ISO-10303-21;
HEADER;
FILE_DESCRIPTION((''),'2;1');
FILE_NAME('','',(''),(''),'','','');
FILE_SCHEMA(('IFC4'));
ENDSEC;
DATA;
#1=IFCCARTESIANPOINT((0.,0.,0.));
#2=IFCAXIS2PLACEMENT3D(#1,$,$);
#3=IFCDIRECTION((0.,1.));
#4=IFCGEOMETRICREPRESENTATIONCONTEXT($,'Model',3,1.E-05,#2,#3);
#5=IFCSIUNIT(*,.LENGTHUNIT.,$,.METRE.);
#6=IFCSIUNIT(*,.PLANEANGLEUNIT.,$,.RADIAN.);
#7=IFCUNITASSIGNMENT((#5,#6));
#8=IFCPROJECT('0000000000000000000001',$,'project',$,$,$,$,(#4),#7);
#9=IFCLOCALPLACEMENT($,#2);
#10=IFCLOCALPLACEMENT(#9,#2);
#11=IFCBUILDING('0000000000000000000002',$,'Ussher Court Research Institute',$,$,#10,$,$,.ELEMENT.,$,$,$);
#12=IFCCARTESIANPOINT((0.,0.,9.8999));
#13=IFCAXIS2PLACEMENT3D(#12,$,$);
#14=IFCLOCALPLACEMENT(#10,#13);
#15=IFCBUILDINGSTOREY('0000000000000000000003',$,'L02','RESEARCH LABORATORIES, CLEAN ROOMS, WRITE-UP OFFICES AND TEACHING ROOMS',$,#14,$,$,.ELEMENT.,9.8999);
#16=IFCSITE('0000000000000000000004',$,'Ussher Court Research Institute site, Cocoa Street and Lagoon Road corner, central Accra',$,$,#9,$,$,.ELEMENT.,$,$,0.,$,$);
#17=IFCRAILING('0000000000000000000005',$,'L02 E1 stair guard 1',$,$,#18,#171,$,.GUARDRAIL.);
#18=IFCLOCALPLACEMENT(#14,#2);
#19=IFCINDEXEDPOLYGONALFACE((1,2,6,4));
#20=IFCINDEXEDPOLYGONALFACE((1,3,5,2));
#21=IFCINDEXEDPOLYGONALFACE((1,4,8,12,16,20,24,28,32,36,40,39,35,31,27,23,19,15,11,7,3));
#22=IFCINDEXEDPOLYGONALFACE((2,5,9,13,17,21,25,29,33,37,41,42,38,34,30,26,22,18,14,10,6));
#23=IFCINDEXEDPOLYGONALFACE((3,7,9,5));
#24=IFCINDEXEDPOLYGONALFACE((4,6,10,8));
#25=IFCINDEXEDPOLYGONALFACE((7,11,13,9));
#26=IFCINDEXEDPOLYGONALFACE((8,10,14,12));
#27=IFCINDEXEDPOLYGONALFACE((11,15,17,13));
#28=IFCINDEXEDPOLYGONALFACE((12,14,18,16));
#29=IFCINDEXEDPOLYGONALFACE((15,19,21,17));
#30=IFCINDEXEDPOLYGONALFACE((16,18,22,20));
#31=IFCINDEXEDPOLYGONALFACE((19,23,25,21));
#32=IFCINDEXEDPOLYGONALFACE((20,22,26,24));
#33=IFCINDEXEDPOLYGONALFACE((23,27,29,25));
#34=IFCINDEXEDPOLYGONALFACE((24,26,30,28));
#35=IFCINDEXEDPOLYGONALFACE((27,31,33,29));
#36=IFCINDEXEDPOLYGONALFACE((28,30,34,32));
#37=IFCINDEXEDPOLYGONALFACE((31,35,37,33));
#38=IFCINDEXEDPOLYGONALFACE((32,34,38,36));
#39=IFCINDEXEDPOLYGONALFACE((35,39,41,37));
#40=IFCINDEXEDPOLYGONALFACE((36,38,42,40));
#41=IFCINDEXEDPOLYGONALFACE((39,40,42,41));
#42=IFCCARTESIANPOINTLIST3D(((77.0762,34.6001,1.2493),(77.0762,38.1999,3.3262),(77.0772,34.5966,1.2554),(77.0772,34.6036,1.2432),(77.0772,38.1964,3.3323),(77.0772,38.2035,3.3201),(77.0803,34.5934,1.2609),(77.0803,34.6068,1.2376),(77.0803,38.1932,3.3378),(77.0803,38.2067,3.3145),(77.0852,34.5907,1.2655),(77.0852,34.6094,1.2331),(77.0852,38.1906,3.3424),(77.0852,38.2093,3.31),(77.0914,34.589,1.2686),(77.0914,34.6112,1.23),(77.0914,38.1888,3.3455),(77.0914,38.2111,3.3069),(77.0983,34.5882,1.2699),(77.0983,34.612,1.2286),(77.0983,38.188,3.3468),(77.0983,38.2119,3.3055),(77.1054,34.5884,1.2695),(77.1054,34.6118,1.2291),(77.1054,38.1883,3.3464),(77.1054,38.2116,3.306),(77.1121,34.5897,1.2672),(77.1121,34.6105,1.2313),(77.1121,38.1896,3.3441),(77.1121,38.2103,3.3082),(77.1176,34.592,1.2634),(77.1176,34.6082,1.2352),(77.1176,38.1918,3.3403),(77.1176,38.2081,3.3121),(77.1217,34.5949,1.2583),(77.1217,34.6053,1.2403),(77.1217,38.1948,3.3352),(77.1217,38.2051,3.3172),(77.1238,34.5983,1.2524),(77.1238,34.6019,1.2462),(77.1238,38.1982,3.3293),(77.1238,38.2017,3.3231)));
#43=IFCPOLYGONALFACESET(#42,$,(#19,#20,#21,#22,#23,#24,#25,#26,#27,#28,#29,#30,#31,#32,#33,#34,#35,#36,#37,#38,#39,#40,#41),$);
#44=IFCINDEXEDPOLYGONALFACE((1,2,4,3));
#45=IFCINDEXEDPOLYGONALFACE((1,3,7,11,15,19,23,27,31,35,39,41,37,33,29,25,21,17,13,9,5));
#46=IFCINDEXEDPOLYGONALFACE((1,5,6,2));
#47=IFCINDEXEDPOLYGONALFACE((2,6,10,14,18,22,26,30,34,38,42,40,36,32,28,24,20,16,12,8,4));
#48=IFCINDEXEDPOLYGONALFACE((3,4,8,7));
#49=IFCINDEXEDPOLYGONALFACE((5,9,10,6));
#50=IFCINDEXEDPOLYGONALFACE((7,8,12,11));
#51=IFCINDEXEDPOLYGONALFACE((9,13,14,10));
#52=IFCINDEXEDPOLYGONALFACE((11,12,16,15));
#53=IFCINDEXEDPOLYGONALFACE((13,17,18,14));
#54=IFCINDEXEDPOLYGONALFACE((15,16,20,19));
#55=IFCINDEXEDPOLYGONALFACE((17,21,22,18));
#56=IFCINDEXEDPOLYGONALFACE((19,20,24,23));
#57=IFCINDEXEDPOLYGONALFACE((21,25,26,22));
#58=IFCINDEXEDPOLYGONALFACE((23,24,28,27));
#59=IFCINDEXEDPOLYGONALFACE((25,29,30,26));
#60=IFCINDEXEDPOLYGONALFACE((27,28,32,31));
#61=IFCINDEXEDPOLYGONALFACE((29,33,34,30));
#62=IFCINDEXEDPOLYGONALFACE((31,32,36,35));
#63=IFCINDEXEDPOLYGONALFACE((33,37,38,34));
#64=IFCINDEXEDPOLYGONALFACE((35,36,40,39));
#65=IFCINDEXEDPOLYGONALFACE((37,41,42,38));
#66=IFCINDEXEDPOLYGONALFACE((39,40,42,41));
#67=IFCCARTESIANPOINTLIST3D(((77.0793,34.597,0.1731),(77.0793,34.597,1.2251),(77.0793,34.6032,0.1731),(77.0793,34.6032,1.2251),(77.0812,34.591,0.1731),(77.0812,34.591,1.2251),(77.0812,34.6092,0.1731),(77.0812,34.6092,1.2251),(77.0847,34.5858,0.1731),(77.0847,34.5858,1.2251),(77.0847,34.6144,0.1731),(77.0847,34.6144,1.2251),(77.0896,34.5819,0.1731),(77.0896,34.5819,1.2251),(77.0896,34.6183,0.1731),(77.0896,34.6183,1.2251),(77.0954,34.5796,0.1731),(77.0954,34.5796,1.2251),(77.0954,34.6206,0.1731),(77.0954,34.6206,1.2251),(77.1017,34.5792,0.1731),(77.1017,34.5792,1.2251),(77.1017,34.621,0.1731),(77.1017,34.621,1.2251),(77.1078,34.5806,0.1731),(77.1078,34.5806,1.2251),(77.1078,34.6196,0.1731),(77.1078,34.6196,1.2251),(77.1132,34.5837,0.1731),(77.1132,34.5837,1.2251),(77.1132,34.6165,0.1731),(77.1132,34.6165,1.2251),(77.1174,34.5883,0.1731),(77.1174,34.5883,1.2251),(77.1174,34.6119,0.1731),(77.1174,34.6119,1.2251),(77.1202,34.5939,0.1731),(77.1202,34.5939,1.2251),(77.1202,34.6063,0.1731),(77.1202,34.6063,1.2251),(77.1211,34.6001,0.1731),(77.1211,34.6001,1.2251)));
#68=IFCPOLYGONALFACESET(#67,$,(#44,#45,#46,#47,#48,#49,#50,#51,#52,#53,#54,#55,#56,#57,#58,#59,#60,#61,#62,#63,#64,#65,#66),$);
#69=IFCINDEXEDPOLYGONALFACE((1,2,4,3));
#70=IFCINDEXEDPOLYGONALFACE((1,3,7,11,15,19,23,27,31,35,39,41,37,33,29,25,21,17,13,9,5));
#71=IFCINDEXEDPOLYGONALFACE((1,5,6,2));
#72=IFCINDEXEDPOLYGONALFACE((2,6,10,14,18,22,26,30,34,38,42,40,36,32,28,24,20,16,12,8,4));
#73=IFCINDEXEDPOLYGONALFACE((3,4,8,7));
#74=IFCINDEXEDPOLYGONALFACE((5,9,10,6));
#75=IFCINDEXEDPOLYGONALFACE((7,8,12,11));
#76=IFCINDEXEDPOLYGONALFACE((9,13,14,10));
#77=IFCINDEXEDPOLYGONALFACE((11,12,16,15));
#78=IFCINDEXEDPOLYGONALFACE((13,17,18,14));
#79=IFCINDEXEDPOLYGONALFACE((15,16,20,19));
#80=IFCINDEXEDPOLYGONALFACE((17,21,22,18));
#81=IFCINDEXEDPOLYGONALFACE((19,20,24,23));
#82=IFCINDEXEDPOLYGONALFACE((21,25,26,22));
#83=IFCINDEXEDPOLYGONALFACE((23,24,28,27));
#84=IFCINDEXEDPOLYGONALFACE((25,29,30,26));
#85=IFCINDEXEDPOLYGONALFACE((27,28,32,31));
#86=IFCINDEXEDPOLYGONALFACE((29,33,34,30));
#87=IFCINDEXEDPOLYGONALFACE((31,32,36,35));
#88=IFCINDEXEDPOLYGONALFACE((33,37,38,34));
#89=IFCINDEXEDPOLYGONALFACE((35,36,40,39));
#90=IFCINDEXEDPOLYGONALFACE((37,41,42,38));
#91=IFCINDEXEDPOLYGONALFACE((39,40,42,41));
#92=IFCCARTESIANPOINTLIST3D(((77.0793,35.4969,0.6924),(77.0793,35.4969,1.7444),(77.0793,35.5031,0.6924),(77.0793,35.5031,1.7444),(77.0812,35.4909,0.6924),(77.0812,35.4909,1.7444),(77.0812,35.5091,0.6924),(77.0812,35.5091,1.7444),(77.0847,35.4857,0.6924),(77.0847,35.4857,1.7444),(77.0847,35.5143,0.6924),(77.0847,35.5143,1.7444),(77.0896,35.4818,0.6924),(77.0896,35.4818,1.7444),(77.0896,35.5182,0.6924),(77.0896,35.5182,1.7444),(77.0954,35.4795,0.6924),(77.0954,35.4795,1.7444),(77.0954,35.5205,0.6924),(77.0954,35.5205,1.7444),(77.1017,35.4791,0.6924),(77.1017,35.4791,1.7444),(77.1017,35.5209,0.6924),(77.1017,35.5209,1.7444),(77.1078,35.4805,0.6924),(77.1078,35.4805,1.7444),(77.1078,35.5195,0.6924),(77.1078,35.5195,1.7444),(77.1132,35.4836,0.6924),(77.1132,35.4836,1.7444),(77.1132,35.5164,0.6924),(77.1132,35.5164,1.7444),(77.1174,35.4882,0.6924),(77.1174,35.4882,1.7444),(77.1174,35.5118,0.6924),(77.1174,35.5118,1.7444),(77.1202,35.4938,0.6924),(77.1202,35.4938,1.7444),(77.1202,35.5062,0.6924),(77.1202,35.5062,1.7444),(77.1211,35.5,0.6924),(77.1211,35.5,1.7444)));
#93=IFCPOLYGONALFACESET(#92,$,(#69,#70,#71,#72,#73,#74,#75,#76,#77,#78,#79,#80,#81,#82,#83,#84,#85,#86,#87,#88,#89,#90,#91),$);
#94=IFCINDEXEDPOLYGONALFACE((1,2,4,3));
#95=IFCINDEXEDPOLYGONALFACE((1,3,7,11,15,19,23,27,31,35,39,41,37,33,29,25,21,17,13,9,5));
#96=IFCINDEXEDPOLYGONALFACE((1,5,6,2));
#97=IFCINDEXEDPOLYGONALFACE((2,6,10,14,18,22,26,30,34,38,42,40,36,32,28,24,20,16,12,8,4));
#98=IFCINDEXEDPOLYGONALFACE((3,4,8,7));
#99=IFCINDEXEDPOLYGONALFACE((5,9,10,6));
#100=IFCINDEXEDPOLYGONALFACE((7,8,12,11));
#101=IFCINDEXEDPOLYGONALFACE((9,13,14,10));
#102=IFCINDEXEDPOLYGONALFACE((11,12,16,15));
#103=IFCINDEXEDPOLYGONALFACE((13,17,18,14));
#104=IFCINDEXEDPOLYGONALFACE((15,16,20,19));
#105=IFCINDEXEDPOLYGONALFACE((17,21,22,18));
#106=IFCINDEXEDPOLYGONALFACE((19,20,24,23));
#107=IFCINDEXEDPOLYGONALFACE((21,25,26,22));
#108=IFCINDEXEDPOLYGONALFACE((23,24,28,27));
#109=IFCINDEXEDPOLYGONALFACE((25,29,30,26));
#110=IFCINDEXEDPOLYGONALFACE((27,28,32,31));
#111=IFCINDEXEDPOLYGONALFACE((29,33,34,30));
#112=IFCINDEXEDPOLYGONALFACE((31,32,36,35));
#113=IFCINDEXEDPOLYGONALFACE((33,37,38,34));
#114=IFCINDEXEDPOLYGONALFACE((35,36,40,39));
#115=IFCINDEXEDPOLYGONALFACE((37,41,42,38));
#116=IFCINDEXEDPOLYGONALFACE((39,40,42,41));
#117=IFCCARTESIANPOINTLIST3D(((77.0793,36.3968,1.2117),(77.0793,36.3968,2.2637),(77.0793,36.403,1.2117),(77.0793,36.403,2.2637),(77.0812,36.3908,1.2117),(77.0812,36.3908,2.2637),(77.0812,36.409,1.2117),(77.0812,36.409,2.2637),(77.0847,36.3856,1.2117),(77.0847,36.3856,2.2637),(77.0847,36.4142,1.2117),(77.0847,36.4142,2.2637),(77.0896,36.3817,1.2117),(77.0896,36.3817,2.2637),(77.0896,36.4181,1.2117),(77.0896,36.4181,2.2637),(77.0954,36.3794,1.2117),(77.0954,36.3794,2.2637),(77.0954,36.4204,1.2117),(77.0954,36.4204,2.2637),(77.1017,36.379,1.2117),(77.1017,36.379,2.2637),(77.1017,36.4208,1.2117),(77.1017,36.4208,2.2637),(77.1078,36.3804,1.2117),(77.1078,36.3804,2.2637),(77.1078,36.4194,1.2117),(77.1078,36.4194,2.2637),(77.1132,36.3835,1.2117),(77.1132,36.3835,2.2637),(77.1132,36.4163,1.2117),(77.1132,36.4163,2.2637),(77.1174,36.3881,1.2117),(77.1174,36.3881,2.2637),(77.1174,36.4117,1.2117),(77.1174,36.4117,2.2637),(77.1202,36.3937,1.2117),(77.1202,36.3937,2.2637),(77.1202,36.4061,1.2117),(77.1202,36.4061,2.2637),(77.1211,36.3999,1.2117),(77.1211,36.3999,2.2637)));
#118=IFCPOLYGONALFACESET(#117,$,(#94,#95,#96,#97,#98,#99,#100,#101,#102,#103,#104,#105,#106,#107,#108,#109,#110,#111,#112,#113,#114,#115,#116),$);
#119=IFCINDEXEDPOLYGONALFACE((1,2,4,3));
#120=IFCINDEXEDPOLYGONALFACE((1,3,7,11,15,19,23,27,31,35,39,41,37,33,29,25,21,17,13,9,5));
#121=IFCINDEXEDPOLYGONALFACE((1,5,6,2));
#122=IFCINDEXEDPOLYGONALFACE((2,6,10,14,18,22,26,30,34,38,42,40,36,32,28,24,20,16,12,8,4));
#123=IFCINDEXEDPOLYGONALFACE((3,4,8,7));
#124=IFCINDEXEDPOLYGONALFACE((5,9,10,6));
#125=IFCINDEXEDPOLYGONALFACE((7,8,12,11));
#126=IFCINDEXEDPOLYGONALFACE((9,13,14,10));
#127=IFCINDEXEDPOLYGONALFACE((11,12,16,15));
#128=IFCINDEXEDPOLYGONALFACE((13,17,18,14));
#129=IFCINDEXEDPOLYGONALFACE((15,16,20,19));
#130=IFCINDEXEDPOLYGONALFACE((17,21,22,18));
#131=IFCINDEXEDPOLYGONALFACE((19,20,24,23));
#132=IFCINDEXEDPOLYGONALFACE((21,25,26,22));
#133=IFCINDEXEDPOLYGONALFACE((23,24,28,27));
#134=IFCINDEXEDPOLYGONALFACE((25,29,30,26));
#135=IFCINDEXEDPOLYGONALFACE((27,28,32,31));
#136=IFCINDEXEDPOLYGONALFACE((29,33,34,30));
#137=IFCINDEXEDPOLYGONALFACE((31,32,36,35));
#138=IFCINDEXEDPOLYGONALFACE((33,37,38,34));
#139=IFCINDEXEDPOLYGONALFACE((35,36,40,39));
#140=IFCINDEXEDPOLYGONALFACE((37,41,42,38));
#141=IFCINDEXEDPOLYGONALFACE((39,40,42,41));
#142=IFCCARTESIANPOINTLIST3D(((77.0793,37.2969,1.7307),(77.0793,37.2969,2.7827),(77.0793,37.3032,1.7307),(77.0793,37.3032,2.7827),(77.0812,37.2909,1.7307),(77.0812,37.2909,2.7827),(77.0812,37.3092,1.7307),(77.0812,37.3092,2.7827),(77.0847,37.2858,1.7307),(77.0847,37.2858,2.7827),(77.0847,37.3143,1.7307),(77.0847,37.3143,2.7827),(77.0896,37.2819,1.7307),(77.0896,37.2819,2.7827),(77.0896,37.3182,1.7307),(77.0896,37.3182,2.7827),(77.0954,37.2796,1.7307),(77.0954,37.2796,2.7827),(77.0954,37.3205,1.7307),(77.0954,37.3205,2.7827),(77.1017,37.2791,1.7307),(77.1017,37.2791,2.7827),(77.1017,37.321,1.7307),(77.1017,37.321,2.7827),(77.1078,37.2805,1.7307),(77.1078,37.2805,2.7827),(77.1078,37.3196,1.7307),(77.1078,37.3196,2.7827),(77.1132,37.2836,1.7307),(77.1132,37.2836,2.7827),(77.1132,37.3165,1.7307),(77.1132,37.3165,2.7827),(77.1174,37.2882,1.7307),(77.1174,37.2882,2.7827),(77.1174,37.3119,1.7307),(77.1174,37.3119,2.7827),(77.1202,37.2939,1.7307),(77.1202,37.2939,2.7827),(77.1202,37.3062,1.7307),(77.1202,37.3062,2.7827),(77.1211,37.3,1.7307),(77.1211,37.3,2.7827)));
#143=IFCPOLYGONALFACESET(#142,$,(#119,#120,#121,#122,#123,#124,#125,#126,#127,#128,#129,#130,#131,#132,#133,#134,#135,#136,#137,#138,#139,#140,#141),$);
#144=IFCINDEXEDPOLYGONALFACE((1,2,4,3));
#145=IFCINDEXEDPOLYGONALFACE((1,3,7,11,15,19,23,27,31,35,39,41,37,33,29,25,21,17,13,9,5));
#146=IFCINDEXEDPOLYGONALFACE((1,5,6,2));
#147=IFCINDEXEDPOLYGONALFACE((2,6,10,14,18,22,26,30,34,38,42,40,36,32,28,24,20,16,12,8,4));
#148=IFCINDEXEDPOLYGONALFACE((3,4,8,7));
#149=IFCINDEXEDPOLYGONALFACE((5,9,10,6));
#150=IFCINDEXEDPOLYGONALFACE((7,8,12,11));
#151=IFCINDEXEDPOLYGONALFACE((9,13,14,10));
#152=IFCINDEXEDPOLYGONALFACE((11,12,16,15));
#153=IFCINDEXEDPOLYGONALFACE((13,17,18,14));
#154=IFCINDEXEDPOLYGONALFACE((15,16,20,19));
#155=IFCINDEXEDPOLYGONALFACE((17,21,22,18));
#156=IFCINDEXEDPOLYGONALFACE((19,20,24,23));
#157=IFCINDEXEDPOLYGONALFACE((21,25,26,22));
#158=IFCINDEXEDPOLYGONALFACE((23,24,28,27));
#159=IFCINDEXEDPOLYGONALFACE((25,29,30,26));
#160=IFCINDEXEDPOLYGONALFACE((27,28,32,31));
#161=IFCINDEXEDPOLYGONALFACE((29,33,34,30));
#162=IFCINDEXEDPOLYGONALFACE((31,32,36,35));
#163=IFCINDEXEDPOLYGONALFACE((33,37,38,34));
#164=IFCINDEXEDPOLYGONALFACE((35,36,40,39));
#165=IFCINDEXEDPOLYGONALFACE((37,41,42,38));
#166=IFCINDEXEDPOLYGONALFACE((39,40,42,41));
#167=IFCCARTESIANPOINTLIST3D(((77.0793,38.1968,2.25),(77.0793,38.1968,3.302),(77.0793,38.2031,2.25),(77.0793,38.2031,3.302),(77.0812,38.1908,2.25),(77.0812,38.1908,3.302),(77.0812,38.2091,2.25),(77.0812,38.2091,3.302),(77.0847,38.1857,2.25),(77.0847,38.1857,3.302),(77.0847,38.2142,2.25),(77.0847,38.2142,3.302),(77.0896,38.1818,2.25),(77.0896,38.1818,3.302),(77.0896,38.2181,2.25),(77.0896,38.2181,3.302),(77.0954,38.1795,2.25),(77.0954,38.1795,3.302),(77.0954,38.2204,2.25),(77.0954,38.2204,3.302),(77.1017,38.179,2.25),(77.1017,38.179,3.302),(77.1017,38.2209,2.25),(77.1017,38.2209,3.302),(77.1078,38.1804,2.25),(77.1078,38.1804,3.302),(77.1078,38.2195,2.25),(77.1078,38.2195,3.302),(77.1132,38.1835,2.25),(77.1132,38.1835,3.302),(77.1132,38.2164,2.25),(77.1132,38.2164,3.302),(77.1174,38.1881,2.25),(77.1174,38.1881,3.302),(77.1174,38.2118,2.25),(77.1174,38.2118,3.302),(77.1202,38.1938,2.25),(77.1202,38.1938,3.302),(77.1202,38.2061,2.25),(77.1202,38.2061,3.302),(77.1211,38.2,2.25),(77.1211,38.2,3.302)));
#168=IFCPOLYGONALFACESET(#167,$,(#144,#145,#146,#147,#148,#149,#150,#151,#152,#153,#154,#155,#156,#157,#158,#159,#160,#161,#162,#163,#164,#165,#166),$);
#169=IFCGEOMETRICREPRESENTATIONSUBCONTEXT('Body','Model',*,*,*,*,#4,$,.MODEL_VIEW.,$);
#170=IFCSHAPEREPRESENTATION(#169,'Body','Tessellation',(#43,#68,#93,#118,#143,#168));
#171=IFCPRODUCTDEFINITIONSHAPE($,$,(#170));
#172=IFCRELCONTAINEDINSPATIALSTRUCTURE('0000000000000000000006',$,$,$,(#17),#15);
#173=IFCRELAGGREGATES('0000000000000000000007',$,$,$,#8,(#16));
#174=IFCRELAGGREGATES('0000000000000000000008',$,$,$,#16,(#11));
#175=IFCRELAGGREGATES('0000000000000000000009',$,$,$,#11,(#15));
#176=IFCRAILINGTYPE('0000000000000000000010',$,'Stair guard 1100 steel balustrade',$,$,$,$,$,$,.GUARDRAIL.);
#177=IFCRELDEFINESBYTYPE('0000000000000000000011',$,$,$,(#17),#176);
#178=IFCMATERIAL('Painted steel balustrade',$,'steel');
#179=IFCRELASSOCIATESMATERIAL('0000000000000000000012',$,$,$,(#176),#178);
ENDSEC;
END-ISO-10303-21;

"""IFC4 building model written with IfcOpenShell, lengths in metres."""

from ifc_helpers import new_model, si_unit, direction, frame, origin, origin_2d, place, context, subcontext, project, spatial, circle, extrude, material, type_object, element, save


model = new_model("IFC4")

# Units and contexts
model_context = context("Model", 3, precision=1e-05, world=origin(), true_north=direction((0.0, 1.0)))
body_context = subcontext(model_context, "Body", "Model", "MODEL_VIEW")
ifc_project = project(units=[si_unit("LENGTHUNIT", "METRE"), si_unit("PLANEANGLEUNIT", "RADIAN")], contexts=[model_context])

# Site, building, storey
site_placement = place(None, origin())
site = spatial("IfcSite", under=ifc_project, at=site_placement, Name="Ussher Court Research Institute site, Cocoa Street and Lagoon Road corner, central Accra", CompositionType="ELEMENT", RefElevation=0.0)
building_placement = place(site_placement, origin())
building = spatial("IfcBuilding", under=site, at=building_placement, Name="Ussher Court Research Institute", CompositionType="ELEMENT")
storey_placement = place(building_placement, frame((0.0, 0.0, 9.8999)))
storey = spatial("IfcBuildingStorey", under=building, at=storey_placement, Name="L02", Description="RESEARCH LABORATORIES, CLEAN ROOMS, WRITE-UP OFFICES AND TEACHING ROOMS", CompositionType="ELEMENT", Elevation=9.8999)

# Railing
ifc_material_1 = material(Name="Painted steel balustrade", Category="steel")
railing_type_1 = type_object("IfcRailingType", Name="Stair guard 1100 steel balustrade", PredefinedType="GUARDRAIL", material=ifc_material_1)
railing_1_placement = place(storey_placement, frame((77.1001, 34.6001, 0.1731)))
element("IfcRailing", 1, at=railing_1_placement, inside=storey, type_object=railing_type_1, Name="L02 E1 stair guard 1", PredefinedType="GUARDRAIL", context=body_context, shape_type="SweptSolid", body=[
    extrude(circle(Radius=0.0239, at=origin_2d()), frame((0.0, 0.0, 1.0762), z_axis=(0.0, 0.866179, 0.499734), x_axis=(-1.0, 0.0, 0.0)), (0.0, 0.0, 1.0), 4.156),
    extrude(circle(Radius=0.021, at=origin_2d()), origin(), (0.0, 0.0, 1.0), 1.052),
    extrude(circle(Radius=0.021, at=origin_2d()), frame((0.0, 0.8999, 0.5193)), (0.0, 0.0, 1.0), 1.052),
    extrude(circle(Radius=0.021, at=origin_2d()), frame((0.0, 1.7998, 1.0386)), (0.0, 0.0, 1.0), 1.052),
    extrude(circle(Radius=0.021, at=origin_2d()), frame((0.0, 2.7, 1.5576)), (0.0, 0.0, 1.0), 1.052),
    extrude(circle(Radius=0.021, at=origin_2d()), frame((0.0, 3.5999, 2.0769)), (0.0, 0.0, 1.0), 1.052),
])

save(model, "model.ifc")
